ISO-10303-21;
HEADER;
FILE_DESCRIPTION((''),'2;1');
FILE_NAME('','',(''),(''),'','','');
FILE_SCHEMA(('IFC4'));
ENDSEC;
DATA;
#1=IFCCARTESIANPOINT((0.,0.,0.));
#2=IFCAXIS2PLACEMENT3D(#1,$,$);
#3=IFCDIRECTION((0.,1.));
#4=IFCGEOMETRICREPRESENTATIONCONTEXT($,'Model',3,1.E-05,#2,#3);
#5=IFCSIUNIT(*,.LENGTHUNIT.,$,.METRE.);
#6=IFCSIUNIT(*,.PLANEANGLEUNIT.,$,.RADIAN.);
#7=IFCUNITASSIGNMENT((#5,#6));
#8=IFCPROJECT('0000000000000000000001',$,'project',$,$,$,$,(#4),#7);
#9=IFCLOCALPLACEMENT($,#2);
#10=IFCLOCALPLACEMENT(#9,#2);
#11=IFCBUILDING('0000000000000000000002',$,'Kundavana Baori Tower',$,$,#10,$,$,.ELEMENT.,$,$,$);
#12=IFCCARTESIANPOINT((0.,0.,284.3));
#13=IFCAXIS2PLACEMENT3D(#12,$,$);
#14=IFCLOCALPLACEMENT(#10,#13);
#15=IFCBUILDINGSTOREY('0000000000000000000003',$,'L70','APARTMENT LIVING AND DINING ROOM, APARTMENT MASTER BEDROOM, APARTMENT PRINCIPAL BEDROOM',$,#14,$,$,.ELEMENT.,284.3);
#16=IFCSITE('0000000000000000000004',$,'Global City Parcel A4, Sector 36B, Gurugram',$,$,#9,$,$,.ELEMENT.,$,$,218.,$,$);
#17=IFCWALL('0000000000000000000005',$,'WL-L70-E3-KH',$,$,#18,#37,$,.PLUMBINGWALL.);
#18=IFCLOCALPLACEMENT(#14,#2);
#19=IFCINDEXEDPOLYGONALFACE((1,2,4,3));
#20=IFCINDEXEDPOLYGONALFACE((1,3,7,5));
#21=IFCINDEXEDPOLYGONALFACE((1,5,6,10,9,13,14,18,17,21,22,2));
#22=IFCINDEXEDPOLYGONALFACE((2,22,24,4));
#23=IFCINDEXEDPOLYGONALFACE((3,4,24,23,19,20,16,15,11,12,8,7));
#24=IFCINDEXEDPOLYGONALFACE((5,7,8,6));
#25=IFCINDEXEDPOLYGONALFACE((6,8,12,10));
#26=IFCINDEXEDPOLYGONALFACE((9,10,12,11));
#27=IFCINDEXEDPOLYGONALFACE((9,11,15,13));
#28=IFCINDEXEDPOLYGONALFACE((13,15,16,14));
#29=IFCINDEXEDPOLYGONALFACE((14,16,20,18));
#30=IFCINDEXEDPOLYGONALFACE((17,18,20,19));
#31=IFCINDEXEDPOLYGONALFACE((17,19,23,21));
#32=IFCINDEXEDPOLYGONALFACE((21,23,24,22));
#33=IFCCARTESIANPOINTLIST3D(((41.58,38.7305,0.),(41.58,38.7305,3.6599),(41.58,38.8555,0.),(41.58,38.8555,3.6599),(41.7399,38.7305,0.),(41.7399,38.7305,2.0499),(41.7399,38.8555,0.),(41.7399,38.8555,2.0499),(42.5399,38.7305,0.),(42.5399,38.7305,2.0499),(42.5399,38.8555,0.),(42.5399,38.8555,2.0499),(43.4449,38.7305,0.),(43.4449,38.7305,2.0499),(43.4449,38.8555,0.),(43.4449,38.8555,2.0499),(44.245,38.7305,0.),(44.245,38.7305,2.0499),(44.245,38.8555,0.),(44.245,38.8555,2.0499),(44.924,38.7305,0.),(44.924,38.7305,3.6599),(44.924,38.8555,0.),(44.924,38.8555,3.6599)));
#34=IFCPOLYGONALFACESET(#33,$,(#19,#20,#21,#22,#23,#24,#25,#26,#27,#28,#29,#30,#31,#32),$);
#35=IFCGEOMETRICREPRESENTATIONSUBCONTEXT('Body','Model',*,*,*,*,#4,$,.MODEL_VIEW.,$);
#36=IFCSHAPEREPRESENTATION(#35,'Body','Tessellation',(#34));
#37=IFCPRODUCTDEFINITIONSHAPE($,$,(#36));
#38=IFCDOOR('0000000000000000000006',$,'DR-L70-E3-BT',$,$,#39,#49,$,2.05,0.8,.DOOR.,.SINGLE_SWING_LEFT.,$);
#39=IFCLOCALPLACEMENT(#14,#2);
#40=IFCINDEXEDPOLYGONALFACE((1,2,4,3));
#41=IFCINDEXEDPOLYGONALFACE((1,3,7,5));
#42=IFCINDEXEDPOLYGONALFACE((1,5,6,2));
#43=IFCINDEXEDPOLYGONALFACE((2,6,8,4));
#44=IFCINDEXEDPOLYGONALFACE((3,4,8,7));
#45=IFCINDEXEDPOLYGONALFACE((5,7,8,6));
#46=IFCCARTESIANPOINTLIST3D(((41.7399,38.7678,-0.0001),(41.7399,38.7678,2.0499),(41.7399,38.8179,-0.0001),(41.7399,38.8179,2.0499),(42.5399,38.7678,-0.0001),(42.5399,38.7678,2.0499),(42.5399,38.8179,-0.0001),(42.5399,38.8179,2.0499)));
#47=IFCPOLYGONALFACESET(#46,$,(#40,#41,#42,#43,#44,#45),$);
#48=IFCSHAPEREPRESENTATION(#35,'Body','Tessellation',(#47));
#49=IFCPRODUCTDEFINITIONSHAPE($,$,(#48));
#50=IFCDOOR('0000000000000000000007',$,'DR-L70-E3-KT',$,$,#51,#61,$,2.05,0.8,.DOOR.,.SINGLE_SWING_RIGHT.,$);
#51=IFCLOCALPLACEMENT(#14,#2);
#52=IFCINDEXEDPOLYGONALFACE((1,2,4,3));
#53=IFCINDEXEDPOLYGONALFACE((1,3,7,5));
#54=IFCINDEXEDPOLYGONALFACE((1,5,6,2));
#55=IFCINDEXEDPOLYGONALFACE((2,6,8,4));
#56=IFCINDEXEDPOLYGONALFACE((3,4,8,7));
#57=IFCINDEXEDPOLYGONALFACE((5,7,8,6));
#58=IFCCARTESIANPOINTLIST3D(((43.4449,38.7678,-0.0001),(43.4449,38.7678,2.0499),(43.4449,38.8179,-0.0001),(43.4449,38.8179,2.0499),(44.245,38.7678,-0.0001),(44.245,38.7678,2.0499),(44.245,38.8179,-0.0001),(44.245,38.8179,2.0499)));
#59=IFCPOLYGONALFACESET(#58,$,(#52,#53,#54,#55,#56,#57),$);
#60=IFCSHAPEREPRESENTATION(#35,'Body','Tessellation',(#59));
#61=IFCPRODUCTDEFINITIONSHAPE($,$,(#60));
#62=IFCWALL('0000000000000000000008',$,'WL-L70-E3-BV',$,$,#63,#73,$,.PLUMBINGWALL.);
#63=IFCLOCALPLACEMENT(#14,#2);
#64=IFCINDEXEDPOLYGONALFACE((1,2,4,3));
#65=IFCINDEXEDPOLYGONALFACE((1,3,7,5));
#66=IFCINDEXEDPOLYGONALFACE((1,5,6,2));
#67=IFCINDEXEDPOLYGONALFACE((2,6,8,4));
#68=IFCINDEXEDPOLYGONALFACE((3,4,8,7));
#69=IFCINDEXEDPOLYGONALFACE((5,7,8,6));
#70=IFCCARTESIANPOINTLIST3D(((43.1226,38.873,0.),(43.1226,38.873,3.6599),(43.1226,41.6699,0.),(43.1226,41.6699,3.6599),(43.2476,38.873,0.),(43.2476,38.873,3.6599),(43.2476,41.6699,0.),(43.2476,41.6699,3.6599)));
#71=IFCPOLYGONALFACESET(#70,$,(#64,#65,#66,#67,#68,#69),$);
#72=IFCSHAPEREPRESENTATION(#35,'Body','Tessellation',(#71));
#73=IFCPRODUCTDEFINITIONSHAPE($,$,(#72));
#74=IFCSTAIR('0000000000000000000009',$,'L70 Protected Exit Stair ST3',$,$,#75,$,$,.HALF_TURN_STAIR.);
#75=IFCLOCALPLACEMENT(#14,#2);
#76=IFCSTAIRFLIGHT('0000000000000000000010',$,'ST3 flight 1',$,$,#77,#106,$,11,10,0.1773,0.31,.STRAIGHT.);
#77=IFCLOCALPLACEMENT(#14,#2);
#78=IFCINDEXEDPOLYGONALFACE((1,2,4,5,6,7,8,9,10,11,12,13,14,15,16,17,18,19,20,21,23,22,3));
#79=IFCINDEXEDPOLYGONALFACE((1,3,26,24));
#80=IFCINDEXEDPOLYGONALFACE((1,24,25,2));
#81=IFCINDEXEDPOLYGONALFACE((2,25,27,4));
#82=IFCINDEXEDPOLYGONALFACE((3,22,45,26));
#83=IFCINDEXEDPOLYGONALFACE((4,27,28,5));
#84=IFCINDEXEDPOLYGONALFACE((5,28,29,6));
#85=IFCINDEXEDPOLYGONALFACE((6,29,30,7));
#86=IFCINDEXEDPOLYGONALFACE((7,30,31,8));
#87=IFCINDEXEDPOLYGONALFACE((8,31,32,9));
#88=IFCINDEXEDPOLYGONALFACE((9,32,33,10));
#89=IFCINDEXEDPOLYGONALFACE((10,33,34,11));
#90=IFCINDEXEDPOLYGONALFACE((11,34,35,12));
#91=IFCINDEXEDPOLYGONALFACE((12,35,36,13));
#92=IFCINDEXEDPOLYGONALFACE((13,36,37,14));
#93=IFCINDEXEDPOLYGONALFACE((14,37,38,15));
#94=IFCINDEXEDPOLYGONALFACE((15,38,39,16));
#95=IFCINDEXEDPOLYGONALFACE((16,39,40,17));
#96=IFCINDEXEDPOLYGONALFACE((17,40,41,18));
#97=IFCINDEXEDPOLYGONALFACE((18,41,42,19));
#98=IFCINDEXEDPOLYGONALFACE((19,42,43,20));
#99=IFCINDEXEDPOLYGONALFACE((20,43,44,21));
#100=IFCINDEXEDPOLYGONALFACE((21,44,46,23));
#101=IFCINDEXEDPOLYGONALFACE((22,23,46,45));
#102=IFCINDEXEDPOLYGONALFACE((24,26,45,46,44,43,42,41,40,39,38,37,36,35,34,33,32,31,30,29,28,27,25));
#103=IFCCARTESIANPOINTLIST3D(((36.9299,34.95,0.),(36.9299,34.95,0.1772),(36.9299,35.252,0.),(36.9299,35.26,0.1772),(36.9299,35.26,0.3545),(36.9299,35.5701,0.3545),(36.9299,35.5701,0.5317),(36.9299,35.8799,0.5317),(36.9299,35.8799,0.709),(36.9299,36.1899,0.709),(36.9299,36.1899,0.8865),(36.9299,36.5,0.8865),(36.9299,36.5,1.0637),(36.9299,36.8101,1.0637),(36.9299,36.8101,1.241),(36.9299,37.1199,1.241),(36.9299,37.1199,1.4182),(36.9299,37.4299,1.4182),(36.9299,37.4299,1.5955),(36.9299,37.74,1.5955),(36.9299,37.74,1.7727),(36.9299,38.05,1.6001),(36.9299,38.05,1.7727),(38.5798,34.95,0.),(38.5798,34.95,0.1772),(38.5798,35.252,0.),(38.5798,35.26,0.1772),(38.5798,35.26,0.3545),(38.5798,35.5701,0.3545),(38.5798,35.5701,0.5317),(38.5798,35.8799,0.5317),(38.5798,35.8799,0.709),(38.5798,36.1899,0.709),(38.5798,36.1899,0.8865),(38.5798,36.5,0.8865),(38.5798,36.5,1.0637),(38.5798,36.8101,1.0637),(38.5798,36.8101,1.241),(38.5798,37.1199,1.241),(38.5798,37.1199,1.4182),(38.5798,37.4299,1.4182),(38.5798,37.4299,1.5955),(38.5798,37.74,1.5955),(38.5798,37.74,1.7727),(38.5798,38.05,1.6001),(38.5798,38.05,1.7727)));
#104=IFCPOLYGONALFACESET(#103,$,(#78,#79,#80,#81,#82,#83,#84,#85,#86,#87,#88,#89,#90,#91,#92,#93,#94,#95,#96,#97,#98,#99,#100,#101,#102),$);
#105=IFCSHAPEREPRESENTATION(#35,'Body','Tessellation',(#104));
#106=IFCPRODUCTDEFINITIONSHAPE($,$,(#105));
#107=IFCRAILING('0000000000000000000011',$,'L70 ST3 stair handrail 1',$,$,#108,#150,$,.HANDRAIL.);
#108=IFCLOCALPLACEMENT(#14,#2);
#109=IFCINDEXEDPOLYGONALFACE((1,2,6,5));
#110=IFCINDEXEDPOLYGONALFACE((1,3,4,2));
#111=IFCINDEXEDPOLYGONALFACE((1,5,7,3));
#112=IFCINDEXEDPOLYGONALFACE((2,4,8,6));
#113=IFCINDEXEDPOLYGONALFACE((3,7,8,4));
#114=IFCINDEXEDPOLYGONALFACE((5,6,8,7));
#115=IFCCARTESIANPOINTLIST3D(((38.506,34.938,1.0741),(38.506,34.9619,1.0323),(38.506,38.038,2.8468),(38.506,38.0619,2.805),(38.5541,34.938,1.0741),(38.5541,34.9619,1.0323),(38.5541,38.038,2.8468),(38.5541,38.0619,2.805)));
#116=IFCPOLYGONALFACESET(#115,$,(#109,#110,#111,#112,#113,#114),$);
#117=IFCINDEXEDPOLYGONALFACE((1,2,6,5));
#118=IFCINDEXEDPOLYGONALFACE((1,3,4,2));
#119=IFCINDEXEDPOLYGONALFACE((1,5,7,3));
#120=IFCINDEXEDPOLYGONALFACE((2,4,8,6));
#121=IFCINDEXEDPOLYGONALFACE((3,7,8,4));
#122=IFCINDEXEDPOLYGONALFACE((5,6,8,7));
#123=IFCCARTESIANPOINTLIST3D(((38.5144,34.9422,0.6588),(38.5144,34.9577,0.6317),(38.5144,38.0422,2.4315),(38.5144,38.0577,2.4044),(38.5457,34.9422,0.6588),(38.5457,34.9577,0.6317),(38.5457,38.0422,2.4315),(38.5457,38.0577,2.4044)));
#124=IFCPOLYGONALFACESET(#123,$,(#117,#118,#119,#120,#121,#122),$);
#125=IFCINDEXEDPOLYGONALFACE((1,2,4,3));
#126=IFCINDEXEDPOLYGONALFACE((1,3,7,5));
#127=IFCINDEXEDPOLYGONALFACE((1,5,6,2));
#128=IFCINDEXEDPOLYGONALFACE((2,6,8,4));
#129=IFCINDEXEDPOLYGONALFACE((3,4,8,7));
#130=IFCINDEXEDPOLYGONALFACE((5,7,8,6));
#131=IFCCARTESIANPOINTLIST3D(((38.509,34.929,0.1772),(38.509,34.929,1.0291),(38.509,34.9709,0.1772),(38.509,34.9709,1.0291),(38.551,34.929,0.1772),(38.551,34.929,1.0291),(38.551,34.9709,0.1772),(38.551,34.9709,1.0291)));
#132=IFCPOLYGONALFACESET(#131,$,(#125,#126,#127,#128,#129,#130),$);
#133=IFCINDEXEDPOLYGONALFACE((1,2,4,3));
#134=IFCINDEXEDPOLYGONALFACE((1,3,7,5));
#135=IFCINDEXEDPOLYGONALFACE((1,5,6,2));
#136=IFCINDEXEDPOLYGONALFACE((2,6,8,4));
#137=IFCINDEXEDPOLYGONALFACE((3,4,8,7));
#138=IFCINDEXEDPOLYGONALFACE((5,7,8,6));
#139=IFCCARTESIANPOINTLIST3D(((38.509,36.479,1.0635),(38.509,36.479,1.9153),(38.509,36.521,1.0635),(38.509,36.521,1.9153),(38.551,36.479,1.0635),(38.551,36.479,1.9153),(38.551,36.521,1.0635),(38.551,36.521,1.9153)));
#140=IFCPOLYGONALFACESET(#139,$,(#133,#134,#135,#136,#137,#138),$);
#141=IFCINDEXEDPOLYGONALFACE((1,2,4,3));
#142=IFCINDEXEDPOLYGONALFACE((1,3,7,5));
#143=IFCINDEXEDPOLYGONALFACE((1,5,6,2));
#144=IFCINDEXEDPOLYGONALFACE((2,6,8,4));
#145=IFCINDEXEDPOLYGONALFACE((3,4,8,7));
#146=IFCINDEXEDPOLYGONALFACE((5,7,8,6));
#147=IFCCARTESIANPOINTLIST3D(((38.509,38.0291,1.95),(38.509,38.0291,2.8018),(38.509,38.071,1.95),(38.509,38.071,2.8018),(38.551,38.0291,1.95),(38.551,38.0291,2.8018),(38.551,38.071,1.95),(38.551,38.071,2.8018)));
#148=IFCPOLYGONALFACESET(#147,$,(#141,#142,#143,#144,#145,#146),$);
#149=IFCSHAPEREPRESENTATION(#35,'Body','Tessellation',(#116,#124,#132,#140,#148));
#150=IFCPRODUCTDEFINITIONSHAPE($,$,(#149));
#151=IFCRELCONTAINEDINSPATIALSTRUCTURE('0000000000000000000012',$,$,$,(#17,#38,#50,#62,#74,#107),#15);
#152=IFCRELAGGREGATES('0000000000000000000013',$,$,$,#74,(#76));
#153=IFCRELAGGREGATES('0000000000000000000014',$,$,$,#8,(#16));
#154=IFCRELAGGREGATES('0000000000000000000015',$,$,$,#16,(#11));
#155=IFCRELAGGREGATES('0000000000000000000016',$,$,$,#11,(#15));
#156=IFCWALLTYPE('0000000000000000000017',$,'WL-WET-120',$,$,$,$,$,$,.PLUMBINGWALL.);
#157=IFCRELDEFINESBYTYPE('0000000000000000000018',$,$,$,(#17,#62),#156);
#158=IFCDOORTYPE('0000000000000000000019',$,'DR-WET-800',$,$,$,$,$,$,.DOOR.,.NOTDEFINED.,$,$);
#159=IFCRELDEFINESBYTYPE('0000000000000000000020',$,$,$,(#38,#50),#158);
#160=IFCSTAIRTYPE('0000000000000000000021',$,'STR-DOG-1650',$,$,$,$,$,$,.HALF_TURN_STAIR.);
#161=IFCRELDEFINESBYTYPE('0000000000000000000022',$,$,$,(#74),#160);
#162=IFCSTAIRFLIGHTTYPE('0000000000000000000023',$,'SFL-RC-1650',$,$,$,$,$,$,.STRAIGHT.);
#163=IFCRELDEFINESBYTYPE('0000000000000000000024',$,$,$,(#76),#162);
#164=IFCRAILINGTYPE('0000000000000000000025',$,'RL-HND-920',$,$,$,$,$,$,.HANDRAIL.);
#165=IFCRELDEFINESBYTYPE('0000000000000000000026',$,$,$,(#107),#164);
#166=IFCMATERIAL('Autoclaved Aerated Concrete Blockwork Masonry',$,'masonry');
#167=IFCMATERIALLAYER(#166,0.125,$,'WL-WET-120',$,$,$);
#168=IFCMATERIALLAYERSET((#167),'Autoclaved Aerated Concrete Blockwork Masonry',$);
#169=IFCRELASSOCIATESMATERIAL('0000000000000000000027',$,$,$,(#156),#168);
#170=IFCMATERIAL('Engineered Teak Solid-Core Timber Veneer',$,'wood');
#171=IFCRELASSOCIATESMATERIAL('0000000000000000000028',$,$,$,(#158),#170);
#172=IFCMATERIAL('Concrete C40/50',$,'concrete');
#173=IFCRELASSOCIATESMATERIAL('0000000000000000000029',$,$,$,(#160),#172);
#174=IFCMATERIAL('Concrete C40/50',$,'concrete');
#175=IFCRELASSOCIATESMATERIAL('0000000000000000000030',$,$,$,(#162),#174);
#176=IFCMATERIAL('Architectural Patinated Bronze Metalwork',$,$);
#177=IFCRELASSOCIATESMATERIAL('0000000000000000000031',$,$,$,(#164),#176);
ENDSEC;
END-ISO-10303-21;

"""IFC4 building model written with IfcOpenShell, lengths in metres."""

from ifc_helpers import new_model, si_unit, direction, frame, frame_2d, origin, origin_2d, place, context, subcontext, project, spatial, polyline, rectangle, outline, extrude, material, layer, layer_set, type_object, element, fill, aggregate, save


model = new_model("IFC4")

# Units and contexts
model_context = context("Model", 3, precision=1e-05, world=origin(), true_north=direction((0.0, 1.0)))
body_context = subcontext(model_context, "Body", "Model", "MODEL_VIEW")
ifc_project = project(units=[si_unit("LENGTHUNIT", "METRE"), si_unit("PLANEANGLEUNIT", "RADIAN")], contexts=[model_context])

# Site, building, storey
site_placement = place(None, origin())
site = spatial("IfcSite", under=ifc_project, at=site_placement, Name="Global City Parcel A4, Sector 36B, Gurugram", CompositionType="ELEMENT", RefElevation=218.0)
building_placement = place(site_placement, origin())
building = spatial("IfcBuilding", under=site, at=building_placement, Name="Kundavana Baori Tower", CompositionType="ELEMENT")
storey_placement = place(building_placement, frame((0.0, 0.0, 284.3)))
storey = spatial("IfcBuildingStorey", under=building, at=storey_placement, Name="L70", Description="APARTMENT LIVING AND DINING ROOM, APARTMENT MASTER BEDROOM, APARTMENT PRINCIPAL BEDROOM", CompositionType="ELEMENT", Elevation=284.3)

# Wall, openings, doors
ifc_material_1 = material(Name="Autoclaved Aerated Concrete Blockwork Masonry", Category="masonry")
ifc_layer_1 = layer(ifc_material_1, 0.125, Name="WL-WET-120")
ifc_layer_set_1 = layer_set([ifc_layer_1], Name="Autoclaved Aerated Concrete Blockwork Masonry")
wall_type_1 = type_object("IfcWallType", Name="WL-WET-120", PredefinedType="PLUMBINGWALL", material=ifc_layer_set_1)
wall_1_placement = place(storey_placement, frame((41.5801, 38.793, 0.0), z_axis=(0.0, 0.0, 1.0), x_axis=(1.0, 0.0, 0.0)))
wall_1 = element("IfcWall", 1, at=wall_1_placement, inside=storey, type_object=wall_type_1, Name="WL-L70-E3-KH", PredefinedType="PLUMBINGWALL", context=body_context, shape_type="SweptSolid", body=[
    extrude(rectangle(XDim=3.344, YDim=0.125, at=frame_2d((1.6719, 0.0))), origin(), (0.0, 0.0, 1.0), 3.6599),
])
opening_1_placement = place(wall_1_placement, frame((0.1599, 0.0, 0.0)))
opening_1 = element("IfcOpeningElement", 2, at=opening_1_placement, cuts=wall_1, PredefinedType="OPENING", context=body_context, shape_type="SweptSolid", body=[
    extrude(rectangle(XDim=0.8, YDim=2.05, at=frame_2d((0.3999, 1.0249))), frame((0.0, 0.0725, 0.0), z_axis=(0.0, -1.0, 0.0), x_axis=(1.0, 0.0, 0.0)), (0.0, 0.0, 1.0), 0.145),
])
opening_2_placement = place(wall_1_placement, frame((1.865, 0.0, 0.0)))
opening_2 = element("IfcOpeningElement", 3, at=opening_2_placement, cuts=wall_1, PredefinedType="OPENING", context=body_context, shape_type="SweptSolid", body=[
    extrude(rectangle(XDim=0.8, YDim=2.05, at=frame_2d((0.3999, 1.0249))), frame((0.0, 0.0725, 0.0), z_axis=(0.0, -1.0, 0.0), x_axis=(1.0, 0.0, 0.0)), (0.0, 0.0, 1.0), 0.145),
])
ifc_material_2 = material(Name="Engineered Teak Solid-Core Timber Veneer", Category="wood")
door_type_1 = type_object("IfcDoorType", Name="DR-WET-800", OperationType="NOTDEFINED", PredefinedType="DOOR", material=ifc_material_2)
door_1_placement = place(opening_1_placement, origin())
door_1 = element("IfcDoor", 4, at=door_1_placement, inside=storey, type_object=door_type_1, Name="DR-L70-E3-BT", OperationType="SINGLE_SWING_LEFT", OverallHeight=2.05, OverallWidth=0.8, PredefinedType="DOOR", context=body_context, shape_type="SweptSolid", body=[
    extrude(rectangle(XDim=0.8, YDim=2.05, at=frame_2d((0.3999, 1.0249))), frame((0.0, 0.0249, 0.0), z_axis=(0.0, -1.0, 0.0), x_axis=(1.0, 0.0, 0.0)), (0.0, 0.0, 1.0), 0.05),
])
fill(opening_1, door_1)
door_2_placement = place(opening_2_placement, origin())
door_2 = element("IfcDoor", 5, at=door_2_placement, inside=storey, type_object=door_type_1, Name="DR-L70-E3-KT", OperationType="SINGLE_SWING_RIGHT", OverallHeight=2.05, OverallWidth=0.8, PredefinedType="DOOR", context=body_context, shape_type="SweptSolid", body=[
    extrude(rectangle(XDim=0.8, YDim=2.05, at=frame_2d((0.3999, 1.0249))), frame((0.0, 0.0249, 0.0), z_axis=(0.0, -1.0, 0.0), x_axis=(1.0, 0.0, 0.0)), (0.0, 0.0, 1.0), 0.05),
])
fill(opening_2, door_2)

# Wall
wall_2_placement = place(storey_placement, frame((43.1851, 38.873, 0.0), z_axis=(0.0, 0.0, 1.0), x_axis=(0.0, 1.0, 0.0)))
element("IfcWall", 6, at=wall_2_placement, inside=storey, type_object=wall_type_1, Name="WL-L70-E3-BV", PredefinedType="PLUMBINGWALL", context=body_context, shape_type="SweptSolid", body=[
    extrude(rectangle(XDim=2.7969, YDim=0.125, at=frame_2d((1.3984, 0.0))), origin(), (0.0, 0.0, 1.0), 3.6599),
])

# Stair, stair flight
ifc_material_3 = material(Name="Concrete C40/50", Category="concrete")
stair_type = type_object("IfcStairType", Name="STR-DOG-1650", PredefinedType="HALF_TURN_STAIR", material=ifc_material_3)
stair_placement = place(storey_placement, origin())
stair = element("IfcStair", 7, at=stair_placement, inside=storey, type_object=stair_type, Name="L70 Protected Exit Stair ST3", PredefinedType="HALF_TURN_STAIR")
ifc_material_4 = material(Name="Concrete C40/50", Category="concrete")
stair_flight_type = type_object("IfcStairFlightType", Name="SFL-RC-1650", PredefinedType="STRAIGHT", material=ifc_material_4)
stair_flight_placement = place(storey_placement, frame((37.7549, 34.95, 0.0), z_axis=(0.0, 0.0, 1.0), x_axis=(0.0, 1.0, 0.0)))
stair_flight = element("IfcStairFlight", 8, at=stair_flight_placement, type_object=stair_flight_type, Name="ST3 flight 1", NumberOfRisers=11, NumberOfTreads=10, PredefinedType="STRAIGHT", RiserHeight=0.1773, TreadLength=0.31, context=body_context, shape_type="SweptSolid", body=[
    extrude(outline(polyline([(0.0, 0.0), (0.0, 0.1772), (0.3101, 0.1772), (0.3101, 0.3545), (0.6201, 0.3545), (0.6201, 0.5317), (0.9299, 0.5317), (0.9299, 0.709), (1.24, 0.709), (1.24, 0.8865), (1.55, 0.8865), (1.55, 1.0637), (1.8601, 1.0637), (1.8601, 1.241), (2.1699, 1.241), (2.1699, 1.4182), (2.48, 1.4182), (2.48, 1.5955), (2.79, 1.5955), (2.79, 1.7727), (3.1001, 1.7727), (3.1001, 1.95), (3.1001, 1.6001), (0.302, 0.0), (0.0, 0.0)])), frame((0.0, 0.825, 0.0), z_axis=(0.0, -1.0, 0.0), x_axis=(1.0, 0.0, 0.0)), (0.0, 0.0, 1.0), 1.6499),
])
aggregate(stair, [stair_flight])

# Railing
ifc_material_5 = material(Name="Architectural Patinated Bronze Metalwork")
railing_type_1 = type_object("IfcRailingType", Name="RL-HND-920", PredefinedType="HANDRAIL", material=ifc_material_5)
railing_1_placement = place(storey_placement, frame((38.53, 34.95, 0.1772)))
element("IfcRailing", 9, at=railing_1_placement, inside=storey, type_object=railing_type_1, Name="L70 ST3 stair handrail 1", PredefinedType="HANDRAIL", context=body_context, shape_type="SweptSolid", body=[
    extrude(rectangle(XDim=0.0481, YDim=0.0481, at=origin_2d()), frame((0.0, 0.0, 0.876), z_axis=(0.0, 0.868096, 0.496397), x_axis=(-1.0, 0.0, 0.0)), (0.0, 0.0, 1.0), 3.571),
    extrude(rectangle(XDim=0.0312, YDim=0.0312, at=origin_2d()), frame((0.0, 0.0, 0.468), z_axis=(0.0, 0.868096, 0.496397), x_axis=(-1.0, 0.0, 0.0)), (0.0, 0.0, 1.0), 3.571),
    extrude(rectangle(XDim=0.042, YDim=0.042, at=origin_2d()), origin(), (0.0, 0.0, 1.0), 0.8518),
    extrude(rectangle(XDim=0.042, YDim=0.042, at=origin_2d()), frame((0.0, 1.55, 0.8862)), (0.0, 0.0, 1.0), 0.8518),
    extrude(rectangle(XDim=0.042, YDim=0.042, at=origin_2d()), frame((0.0, 3.1001, 1.7727)), (0.0, 0.0, 1.0), 0.8518),
])

save(model, "model.ifc")
